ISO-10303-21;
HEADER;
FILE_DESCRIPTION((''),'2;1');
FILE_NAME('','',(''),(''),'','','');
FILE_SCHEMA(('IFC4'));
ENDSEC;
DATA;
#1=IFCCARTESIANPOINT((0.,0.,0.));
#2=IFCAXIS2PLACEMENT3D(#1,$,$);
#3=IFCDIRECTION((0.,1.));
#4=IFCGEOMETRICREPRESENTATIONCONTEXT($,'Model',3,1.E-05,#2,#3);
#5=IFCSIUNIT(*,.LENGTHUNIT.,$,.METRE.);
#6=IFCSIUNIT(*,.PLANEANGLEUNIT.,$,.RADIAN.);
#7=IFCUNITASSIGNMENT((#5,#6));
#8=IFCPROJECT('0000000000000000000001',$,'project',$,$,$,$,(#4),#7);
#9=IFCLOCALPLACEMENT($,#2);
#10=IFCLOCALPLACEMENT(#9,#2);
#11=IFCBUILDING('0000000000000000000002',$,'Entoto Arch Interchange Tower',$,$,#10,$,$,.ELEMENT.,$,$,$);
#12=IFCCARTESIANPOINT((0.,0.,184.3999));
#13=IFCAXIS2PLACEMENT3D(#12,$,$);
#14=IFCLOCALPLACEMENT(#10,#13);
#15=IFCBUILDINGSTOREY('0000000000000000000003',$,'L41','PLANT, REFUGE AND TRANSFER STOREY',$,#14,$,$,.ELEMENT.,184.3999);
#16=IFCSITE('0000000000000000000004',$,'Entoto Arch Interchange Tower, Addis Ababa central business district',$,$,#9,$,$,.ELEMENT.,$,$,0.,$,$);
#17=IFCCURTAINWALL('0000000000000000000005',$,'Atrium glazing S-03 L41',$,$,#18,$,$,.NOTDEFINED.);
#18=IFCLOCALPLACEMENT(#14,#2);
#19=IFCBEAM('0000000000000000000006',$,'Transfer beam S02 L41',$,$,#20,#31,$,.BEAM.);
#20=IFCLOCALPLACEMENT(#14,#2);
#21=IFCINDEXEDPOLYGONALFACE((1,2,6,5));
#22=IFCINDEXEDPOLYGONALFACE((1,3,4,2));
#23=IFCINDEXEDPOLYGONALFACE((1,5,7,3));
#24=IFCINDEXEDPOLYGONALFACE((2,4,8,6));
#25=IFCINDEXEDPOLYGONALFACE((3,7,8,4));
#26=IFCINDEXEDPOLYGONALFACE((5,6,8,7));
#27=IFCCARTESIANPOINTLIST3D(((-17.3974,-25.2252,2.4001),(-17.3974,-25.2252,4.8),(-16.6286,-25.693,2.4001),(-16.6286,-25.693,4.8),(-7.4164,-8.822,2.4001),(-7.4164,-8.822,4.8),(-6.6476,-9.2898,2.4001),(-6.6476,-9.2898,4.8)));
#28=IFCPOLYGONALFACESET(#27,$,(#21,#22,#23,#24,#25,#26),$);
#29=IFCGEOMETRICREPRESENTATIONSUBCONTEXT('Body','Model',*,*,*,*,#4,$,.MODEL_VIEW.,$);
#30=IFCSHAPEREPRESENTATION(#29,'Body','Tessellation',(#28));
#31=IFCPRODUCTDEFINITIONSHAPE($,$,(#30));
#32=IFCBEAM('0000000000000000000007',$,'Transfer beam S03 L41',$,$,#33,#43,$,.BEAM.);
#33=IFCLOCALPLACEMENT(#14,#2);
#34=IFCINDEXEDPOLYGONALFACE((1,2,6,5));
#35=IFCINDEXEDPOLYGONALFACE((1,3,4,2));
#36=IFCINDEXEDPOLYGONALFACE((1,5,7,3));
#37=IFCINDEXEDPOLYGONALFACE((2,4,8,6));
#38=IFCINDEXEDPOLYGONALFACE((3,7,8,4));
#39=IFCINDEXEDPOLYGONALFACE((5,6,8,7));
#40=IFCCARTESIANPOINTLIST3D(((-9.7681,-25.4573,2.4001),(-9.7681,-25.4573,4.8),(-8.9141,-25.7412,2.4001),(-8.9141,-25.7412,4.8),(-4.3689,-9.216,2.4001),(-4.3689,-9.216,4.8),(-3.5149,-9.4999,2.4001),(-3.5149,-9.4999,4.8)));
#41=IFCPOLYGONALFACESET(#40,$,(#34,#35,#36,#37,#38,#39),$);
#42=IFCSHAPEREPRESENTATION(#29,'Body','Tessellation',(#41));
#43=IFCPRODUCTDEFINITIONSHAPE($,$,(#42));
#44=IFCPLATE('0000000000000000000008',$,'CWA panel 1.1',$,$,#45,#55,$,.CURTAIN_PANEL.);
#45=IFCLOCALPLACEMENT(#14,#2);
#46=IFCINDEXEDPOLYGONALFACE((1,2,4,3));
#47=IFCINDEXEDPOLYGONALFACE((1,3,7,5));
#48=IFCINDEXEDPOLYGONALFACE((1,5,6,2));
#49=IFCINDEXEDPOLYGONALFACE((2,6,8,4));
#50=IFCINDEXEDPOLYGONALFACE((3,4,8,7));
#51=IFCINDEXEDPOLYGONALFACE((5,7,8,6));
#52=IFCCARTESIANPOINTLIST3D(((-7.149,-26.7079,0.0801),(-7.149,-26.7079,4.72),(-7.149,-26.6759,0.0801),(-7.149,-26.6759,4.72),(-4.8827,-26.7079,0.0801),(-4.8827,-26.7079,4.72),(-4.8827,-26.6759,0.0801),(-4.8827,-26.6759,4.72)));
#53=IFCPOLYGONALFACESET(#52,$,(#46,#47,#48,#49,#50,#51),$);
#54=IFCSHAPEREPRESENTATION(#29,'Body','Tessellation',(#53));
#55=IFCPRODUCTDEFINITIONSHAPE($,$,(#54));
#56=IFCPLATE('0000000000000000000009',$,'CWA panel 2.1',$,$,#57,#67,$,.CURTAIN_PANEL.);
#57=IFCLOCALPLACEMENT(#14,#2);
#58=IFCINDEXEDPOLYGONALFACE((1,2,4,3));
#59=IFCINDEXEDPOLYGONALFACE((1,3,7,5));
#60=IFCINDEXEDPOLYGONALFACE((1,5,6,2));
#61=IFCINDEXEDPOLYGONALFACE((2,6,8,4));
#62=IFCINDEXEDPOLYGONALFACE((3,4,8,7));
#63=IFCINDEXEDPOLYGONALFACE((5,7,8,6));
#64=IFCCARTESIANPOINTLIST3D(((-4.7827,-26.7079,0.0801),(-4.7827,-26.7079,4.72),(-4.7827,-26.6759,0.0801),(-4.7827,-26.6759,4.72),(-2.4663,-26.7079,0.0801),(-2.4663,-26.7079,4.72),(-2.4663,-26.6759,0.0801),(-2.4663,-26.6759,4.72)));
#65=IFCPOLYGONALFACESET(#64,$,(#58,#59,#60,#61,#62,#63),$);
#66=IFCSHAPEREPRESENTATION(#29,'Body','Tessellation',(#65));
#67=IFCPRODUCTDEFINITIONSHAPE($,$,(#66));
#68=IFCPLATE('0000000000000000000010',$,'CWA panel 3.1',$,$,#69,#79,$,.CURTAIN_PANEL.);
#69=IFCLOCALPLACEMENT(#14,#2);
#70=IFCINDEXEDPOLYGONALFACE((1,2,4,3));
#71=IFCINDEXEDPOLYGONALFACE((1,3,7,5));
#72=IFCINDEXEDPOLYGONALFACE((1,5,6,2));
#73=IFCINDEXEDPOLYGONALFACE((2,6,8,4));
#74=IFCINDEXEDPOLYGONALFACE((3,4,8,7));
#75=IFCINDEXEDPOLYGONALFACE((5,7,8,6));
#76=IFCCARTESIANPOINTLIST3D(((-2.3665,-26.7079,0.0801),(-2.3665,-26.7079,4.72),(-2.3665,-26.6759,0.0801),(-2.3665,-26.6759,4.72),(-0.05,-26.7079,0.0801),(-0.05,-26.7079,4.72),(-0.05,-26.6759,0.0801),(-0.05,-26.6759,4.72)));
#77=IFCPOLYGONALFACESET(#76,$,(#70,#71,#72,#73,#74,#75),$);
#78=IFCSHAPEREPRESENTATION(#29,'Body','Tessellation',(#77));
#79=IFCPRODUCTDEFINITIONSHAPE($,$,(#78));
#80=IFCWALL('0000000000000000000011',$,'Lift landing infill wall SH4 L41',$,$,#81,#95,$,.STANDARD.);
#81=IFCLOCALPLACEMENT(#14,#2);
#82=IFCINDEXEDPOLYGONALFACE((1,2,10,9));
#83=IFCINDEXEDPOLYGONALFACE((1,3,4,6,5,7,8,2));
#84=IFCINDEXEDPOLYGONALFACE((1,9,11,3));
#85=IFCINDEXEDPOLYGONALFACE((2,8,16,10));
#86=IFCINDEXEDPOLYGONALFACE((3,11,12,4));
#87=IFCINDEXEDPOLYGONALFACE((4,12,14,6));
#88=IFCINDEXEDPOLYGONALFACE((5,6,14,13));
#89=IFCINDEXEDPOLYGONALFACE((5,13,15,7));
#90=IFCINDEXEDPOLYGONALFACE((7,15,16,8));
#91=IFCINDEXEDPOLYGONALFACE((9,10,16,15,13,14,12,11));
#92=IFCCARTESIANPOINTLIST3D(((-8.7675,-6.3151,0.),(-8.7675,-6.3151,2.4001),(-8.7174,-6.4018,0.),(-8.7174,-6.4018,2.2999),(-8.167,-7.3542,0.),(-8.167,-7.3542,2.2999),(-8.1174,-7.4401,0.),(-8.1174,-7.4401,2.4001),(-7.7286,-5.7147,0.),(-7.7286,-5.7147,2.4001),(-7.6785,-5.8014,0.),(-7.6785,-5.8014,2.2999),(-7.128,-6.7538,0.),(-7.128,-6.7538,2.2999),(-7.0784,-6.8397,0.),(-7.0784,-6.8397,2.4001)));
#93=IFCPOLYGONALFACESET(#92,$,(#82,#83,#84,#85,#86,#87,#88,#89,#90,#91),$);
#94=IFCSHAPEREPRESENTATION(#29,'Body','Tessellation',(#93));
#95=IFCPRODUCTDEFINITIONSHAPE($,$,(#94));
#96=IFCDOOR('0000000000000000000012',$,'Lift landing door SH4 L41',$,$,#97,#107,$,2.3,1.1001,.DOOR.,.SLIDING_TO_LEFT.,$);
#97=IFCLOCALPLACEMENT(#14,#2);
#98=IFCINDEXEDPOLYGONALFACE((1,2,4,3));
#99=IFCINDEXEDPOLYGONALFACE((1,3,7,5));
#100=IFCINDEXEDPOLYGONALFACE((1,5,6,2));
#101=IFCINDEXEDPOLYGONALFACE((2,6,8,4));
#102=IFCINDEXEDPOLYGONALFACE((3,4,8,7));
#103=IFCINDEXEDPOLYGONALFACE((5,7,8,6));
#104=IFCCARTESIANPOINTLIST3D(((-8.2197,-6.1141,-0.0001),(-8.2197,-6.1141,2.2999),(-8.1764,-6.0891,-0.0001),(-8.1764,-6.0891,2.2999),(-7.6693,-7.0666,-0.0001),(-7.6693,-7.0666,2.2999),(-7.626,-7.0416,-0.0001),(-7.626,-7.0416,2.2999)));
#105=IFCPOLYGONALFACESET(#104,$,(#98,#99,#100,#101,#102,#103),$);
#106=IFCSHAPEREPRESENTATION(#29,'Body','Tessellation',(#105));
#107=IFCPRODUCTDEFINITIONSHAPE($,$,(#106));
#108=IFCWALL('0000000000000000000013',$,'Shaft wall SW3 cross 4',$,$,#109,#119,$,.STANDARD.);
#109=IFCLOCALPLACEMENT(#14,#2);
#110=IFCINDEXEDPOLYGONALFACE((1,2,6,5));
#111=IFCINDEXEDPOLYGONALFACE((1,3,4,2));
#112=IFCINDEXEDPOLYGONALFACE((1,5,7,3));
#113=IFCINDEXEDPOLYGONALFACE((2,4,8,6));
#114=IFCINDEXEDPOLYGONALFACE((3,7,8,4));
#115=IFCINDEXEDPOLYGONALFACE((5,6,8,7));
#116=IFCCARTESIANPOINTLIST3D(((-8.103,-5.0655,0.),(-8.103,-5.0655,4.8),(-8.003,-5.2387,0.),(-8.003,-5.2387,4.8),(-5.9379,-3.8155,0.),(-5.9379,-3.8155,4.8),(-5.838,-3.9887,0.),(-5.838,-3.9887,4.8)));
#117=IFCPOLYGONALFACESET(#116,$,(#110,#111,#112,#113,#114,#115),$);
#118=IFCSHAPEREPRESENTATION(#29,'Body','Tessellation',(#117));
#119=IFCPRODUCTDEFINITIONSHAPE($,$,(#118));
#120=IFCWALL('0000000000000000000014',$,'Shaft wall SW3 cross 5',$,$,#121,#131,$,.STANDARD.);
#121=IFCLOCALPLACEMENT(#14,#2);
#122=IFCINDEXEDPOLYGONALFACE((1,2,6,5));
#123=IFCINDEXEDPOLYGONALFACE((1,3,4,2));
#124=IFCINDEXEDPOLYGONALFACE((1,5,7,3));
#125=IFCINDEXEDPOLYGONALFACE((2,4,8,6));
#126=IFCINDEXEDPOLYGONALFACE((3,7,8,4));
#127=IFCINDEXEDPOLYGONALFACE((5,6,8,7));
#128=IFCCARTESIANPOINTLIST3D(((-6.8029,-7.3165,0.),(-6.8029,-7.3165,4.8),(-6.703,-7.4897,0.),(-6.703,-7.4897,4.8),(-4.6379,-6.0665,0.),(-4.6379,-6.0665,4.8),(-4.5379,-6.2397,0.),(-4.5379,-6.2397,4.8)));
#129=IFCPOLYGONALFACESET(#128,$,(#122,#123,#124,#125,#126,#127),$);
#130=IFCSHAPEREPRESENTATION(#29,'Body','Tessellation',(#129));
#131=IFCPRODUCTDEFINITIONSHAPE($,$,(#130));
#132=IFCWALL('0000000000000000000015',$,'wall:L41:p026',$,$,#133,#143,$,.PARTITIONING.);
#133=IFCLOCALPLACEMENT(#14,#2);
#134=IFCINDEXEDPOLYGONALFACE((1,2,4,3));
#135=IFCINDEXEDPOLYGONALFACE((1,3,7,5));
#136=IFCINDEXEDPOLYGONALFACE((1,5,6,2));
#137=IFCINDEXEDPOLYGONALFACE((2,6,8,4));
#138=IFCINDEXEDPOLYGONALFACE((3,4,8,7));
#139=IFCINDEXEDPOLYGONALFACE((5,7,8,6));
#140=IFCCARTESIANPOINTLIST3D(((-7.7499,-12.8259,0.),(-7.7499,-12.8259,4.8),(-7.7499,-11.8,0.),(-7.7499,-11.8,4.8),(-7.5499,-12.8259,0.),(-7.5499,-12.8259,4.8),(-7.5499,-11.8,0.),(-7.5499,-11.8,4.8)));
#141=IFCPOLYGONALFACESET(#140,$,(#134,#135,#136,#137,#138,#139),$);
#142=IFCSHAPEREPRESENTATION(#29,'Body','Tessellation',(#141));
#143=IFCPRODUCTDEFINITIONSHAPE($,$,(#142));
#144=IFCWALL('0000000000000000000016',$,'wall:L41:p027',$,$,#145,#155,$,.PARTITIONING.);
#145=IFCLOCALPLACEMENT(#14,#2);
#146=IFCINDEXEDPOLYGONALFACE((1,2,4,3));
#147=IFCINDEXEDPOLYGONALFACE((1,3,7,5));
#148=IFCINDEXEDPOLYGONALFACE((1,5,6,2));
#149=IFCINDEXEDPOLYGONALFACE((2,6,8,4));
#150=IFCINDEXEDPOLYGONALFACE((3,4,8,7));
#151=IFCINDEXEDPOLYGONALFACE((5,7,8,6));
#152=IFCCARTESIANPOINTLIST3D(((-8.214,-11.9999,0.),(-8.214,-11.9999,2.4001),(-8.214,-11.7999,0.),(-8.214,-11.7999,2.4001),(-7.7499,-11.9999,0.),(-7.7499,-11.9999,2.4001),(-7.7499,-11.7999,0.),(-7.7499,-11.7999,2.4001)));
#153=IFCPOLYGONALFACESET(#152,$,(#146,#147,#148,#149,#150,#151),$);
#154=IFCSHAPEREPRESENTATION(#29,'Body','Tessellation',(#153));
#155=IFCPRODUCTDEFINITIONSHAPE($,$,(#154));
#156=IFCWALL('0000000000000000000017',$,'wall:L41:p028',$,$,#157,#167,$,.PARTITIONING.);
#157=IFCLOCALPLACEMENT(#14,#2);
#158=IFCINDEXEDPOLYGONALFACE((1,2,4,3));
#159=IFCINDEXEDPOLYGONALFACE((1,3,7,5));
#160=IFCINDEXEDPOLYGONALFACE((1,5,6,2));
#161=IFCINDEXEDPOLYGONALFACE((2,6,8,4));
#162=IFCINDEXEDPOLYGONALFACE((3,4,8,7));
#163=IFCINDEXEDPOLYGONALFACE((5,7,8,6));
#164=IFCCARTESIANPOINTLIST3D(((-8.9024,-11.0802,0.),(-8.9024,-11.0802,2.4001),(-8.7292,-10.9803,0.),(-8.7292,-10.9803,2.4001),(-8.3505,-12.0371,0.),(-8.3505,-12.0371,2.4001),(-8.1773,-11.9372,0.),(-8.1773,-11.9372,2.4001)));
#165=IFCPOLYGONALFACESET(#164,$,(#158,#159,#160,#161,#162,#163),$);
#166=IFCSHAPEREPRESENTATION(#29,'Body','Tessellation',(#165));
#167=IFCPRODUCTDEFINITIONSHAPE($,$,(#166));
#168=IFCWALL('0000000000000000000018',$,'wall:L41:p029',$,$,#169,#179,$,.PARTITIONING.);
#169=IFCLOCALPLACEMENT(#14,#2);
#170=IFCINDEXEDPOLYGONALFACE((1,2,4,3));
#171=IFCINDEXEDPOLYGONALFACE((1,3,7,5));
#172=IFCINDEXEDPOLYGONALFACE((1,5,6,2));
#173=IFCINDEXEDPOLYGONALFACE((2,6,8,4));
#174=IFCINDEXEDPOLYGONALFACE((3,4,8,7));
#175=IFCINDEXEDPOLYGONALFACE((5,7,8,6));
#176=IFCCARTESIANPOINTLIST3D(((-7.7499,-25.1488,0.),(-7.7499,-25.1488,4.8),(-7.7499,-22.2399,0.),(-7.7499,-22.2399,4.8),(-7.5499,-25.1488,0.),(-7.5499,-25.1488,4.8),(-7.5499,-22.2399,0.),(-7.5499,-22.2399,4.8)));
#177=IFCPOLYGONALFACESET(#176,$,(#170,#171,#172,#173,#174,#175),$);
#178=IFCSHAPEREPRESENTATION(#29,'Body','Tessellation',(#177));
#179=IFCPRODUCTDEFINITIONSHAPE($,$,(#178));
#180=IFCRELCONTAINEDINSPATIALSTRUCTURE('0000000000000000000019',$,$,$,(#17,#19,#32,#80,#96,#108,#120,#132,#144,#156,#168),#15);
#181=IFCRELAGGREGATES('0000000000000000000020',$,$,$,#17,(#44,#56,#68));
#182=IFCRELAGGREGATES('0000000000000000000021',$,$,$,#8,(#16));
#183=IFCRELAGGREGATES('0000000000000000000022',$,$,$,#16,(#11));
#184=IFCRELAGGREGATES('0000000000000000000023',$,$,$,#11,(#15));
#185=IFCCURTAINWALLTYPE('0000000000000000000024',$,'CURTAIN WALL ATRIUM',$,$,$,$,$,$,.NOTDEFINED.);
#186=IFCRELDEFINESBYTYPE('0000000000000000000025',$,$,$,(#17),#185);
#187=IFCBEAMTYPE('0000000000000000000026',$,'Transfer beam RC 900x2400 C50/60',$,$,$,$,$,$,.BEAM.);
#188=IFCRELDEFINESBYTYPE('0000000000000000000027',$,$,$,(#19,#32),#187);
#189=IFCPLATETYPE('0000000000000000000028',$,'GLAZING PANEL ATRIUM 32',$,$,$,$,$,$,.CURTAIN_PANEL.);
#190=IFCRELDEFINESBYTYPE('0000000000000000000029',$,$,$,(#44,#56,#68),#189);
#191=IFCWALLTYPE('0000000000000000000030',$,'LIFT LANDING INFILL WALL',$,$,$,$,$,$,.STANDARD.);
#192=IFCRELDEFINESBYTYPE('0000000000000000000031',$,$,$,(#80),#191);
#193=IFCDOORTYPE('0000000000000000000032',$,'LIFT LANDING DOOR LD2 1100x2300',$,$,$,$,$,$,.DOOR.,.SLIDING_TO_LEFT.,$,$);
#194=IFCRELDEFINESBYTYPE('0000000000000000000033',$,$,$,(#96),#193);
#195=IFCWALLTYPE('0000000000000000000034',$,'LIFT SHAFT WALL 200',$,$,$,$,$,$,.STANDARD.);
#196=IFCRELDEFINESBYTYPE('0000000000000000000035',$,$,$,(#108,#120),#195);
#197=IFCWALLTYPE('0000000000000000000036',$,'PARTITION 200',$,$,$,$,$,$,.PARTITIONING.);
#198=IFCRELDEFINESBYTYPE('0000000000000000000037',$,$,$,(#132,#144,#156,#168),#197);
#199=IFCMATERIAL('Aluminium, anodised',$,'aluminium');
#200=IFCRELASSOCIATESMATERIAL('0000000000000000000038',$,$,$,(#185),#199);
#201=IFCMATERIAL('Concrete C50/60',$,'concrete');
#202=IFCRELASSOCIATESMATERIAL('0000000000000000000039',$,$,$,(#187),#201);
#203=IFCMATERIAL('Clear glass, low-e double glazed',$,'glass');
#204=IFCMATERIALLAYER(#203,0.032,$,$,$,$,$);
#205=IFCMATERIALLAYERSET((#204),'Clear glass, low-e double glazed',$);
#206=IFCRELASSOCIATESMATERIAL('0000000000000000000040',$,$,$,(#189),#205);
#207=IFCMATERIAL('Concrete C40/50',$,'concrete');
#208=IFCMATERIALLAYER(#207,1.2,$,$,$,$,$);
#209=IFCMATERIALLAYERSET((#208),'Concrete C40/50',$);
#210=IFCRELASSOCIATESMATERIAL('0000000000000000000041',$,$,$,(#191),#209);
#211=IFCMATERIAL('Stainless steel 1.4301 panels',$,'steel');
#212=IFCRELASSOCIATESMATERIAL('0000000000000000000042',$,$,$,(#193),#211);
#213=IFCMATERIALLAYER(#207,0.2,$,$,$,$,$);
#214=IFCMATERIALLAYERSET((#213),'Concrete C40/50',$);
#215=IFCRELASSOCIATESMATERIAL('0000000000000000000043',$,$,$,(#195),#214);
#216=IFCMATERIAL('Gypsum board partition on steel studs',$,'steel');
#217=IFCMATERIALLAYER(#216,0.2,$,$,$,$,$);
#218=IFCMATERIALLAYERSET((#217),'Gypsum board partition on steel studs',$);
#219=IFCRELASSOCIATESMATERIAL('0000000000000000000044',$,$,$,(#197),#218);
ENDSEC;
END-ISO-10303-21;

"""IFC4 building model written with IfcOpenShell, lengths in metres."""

from ifc_helpers import new_model, si_unit, direction, frame, frame_2d, origin, origin_2d, place, context, subcontext, project, spatial, rectangle, extrude, material, layer, layer_set, material_profile, profile_set, type_object, element, fill, aggregate, save


model = new_model("IFC4")

# Units and contexts
model_context = context("Model", 3, precision=1e-05, world=origin(), true_north=direction((0.0, 1.0)))
body_context = subcontext(model_context, "Body", "Model", "MODEL_VIEW")
ifc_project = project(units=[si_unit("LENGTHUNIT", "METRE"), si_unit("PLANEANGLEUNIT", "RADIAN")], contexts=[model_context])

# Site, building, storey
site_placement = place(None, origin())
site = spatial("IfcSite", under=ifc_project, at=site_placement, Name="Entoto Arch Interchange Tower, Addis Ababa central business district", CompositionType="ELEMENT", RefElevation=0.0)
building_placement = place(site_placement, origin())
building = spatial("IfcBuilding", under=site, at=building_placement, Name="Entoto Arch Interchange Tower", CompositionType="ELEMENT")
storey_placement = place(building_placement, frame((0.0, 0.0, 184.3999)))
storey = spatial("IfcBuildingStorey", under=building, at=storey_placement, Name="L41", Description="PLANT, REFUGE AND TRANSFER STOREY", CompositionType="ELEMENT", Elevation=184.3999)

# Shared definitions
ifc_material_1 = material(Name="Concrete C50/60", Category="concrete")

# Curtain wall
ifc_material_2 = material(Name="Aluminium, anodised", Category="aluminium")
curtain_wall_type = type_object("IfcCurtainWallType", Name="CURTAIN WALL ATRIUM", PredefinedType="NOTDEFINED", material=ifc_material_2)
curtain_wall_placement = place(storey_placement, origin())
curtain_wall = element("IfcCurtainWall", 1, at=curtain_wall_placement, inside=storey, type_object=curtain_wall_type, Name="Atrium glazing S-03 L41", PredefinedType="NOTDEFINED")

# Beams
ifc_material_profile_1 = material_profile(ifc_material_1, rectangle(XDim=0.8999, YDim=2.3999, at=origin_2d()))
ifc_profile_set_1 = profile_set([ifc_material_profile_1], Name="Concrete C50/60")
beam_type_1 = type_object("IfcBeamType", Name="Transfer beam RC 900x2400 C50/60", PredefinedType="BEAM", material=ifc_profile_set_1)
beam_1_placement = place(storey_placement, frame((-7.032, -9.0559, 3.6001), z_axis=(-0.519813, -0.85428, 0.0), x_axis=(0.85428, -0.519813, 0.0)))
element("IfcBeam", 2, at=beam_1_placement, inside=storey, type_object=beam_type_1, Name="Transfer beam S02 L41", PredefinedType="BEAM", context=body_context, shape_type="SweptSolid", body=[
    extrude(rectangle(XDim=0.8999, YDim=2.3999, at=origin_2d()), origin(), (0.0, 0.0, 1.0), 19.2012),
])
beam_2_placement = place(storey_placement, frame((-3.9419, -9.3579, 3.6001), z_axis=(-0.315462, -0.948938, 0.0), x_axis=(0.948938, -0.315462, 0.0)))
element("IfcBeam", 3, at=beam_2_placement, inside=storey, type_object=beam_type_1, Name="Transfer beam S03 L41", PredefinedType="BEAM", context=body_context, shape_type="SweptSolid", body=[
    extrude(rectangle(XDim=0.8999, YDim=2.3999, at=origin_2d()), origin(), (0.0, 0.0, 1.0), 17.1152),
])

# Plates
ifc_material_3 = material(Name="Clear glass, low-e double glazed", Category="glass")
ifc_layer_1 = layer(ifc_material_3, 0.032)
ifc_layer_set_1 = layer_set([ifc_layer_1], Name="Clear glass, low-e double glazed")
plate_type = type_object("IfcPlateType", Name="GLAZING PANEL ATRIUM 32", PredefinedType="CURTAIN_PANEL", material=ifc_layer_set_1)
plate_1_placement = place(storey_placement, frame((-6.0159, -26.6919, 0.0801), z_axis=(0.0, 0.0, 1.0), x_axis=(1.0, 0.0, 0.0)))
plate_1 = element("IfcPlate", 4, at=plate_1_placement, type_object=plate_type, Name="CWA panel 1.1", PredefinedType="CURTAIN_PANEL", context=body_context, shape_type="SweptSolid", body=[
    extrude(rectangle(XDim=2.2664, YDim=0.032, at=origin_2d()), origin(), (0.0, 0.0, 1.0), 4.6399),
])
plate_2_placement = place(storey_placement, frame((-3.6245, -26.6919, 0.0801), z_axis=(0.0, 0.0, 1.0), x_axis=(1.0, 0.0, 0.0)))
plate_2 = element("IfcPlate", 5, at=plate_2_placement, type_object=plate_type, Name="CWA panel 2.1", PredefinedType="CURTAIN_PANEL", context=body_context, shape_type="SweptSolid", body=[
    extrude(rectangle(XDim=2.3164, YDim=0.032, at=origin_2d()), origin(), (0.0, 0.0, 1.0), 4.6399),
])
plate_3_placement = place(storey_placement, frame((-1.2083, -26.6919, 0.0801), z_axis=(0.0, 0.0, 1.0), x_axis=(1.0, 0.0, 0.0)))
plate_3 = element("IfcPlate", 6, at=plate_3_placement, type_object=plate_type, Name="CWA panel 3.1", PredefinedType="CURTAIN_PANEL", context=body_context, shape_type="SweptSolid", body=[
    extrude(rectangle(XDim=2.3164, YDim=0.032, at=origin_2d()), origin(), (0.0, 0.0, 1.0), 4.6399),
])
aggregate(curtain_wall, [plate_1, plate_2, plate_3])

# Wall, opening, door
ifc_material_4 = material(Name="Concrete C40/50", Category="concrete")
ifc_layer_2 = layer(ifc_material_4, 1.2)
ifc_layer_set_2 = layer_set([ifc_layer_2], Name="Concrete C40/50")
wall_type_1 = type_object("IfcWallType", Name="LIFT LANDING INFILL WALL", PredefinedType="STANDARD", material=ifc_layer_set_2)
wall_1_placement = place(storey_placement, frame((-8.248, -6.0149, 0.0), z_axis=(0.0, 0.0, 1.0), x_axis=(0.500362, -0.865816, 0.0)))
wall_1 = element("IfcWall", 7, at=wall_1_placement, inside=storey, type_object=wall_type_1, Name="Lift landing infill wall SH4 L41", PredefinedType="STANDARD", context=body_context, shape_type="SweptSolid", body=[
    extrude(rectangle(XDim=1.2993, YDim=1.2, at=frame_2d((0.6497, 0.0))), origin(), (0.0, 0.0, 1.0), 2.4001),
])
opening_1_placement = place(wall_1_placement, frame((0.1001, 0.0, 0.0)))
opening_1 = element("IfcOpeningElement", 8, at=opening_1_placement, cuts=wall_1, PredefinedType="OPENING", context=body_context, shape_type="SweptSolid", body=[
    extrude(rectangle(XDim=1.1001, YDim=2.3, at=frame_2d((0.55, 1.1499))), frame((0.0, 0.6099, 0.0), z_axis=(0.0, -1.0, 0.0), x_axis=(1.0, 0.0, 0.0)), (0.0, 0.0, 1.0), 1.22),
])
ifc_material_5 = material(Name="Stainless steel 1.4301 panels", Category="steel")
door_type_1 = type_object("IfcDoorType", Name="LIFT LANDING DOOR LD2 1100x2300", OperationType="SLIDING_TO_LEFT", PredefinedType="DOOR", material=ifc_material_5)
door_1_placement = place(opening_1_placement, origin())
door_1 = element("IfcDoor", 9, at=door_1_placement, inside=storey, type_object=door_type_1, Name="Lift landing door SH4 L41", OperationType="SLIDING_TO_LEFT", OverallHeight=2.3, OverallWidth=1.1001, PredefinedType="DOOR", context=body_context, shape_type="SweptSolid", body=[
    extrude(rectangle(XDim=1.1001, YDim=2.3, at=frame_2d((0.55, 1.1499))), frame((0.0, 0.0249, 0.0), z_axis=(0.0, -1.0, 0.0), x_axis=(1.0, 0.0, 0.0)), (0.0, 0.0, 1.0), 0.05),
])
fill(opening_1, door_1)

# Walls
ifc_layer_3 = layer(ifc_material_4, 0.2)
ifc_layer_set_3 = layer_set([ifc_layer_3], Name="Concrete C40/50")
wall_type_2 = type_object("IfcWallType", Name="LIFT SHAFT WALL 200", PredefinedType="STANDARD", material=ifc_layer_set_3)
for number, where, z_axis, x_axis, name in (
    (10, (-5.8879, -3.9021, 0.0), (0.0, 0.0, 1.0), (-0.866023, -0.500004, 0.0), "Shaft wall SW3 cross 4"),
    (11, (-4.5879, -6.1531, 0.0), (0.0, 0.0, 1.0), (-0.866023, -0.500004, 0.0), "Shaft wall SW3 cross 5"),
):
    element("IfcWall", number, at=place(storey_placement, frame(where, z_axis=z_axis, x_axis=x_axis)), inside=storey, type_object=wall_type_2, Name=name, PredefinedType="STANDARD", context=body_context, shape_type="SweptSolid", body=[
        extrude(rectangle(XDim=2.5, YDim=0.2, at=frame_2d((1.25, 0.0))), origin(), (0.0, 0.0, 1.0), 4.8),
    ])
ifc_material_6 = material(Name="Gypsum board partition on steel studs", Category="steel")
ifc_layer_4 = layer(ifc_material_6, 0.2)
ifc_layer_set_4 = layer_set([ifc_layer_4], Name="Gypsum board partition on steel studs")
wall_type_3 = type_object("IfcWallType", Name="PARTITION 200", PredefinedType="PARTITIONING", material=ifc_layer_set_4)
wall_2_placement = place(storey_placement, frame((-7.6499, -12.8259, 0.0), z_axis=(0.0, 0.0, 1.0), x_axis=(0.0, 1.0, 0.0)))
element("IfcWall", 12, at=wall_2_placement, inside=storey, type_object=wall_type_3, Name="wall:L41:p026", PredefinedType="PARTITIONING", context=body_context, shape_type="SweptSolid", body=[
    extrude(rectangle(XDim=1.0259, YDim=0.2, at=frame_2d((0.5129, 0.0))), origin(), (0.0, 0.0, 1.0), 4.8),
])
wall_3_placement = place(storey_placement, frame((-7.75, -11.8999, 0.0), z_axis=(0.0, 0.0, 1.0), x_axis=(-1.0, 0.0, 0.0)))
element("IfcWall", 13, at=wall_3_placement, inside=storey, type_object=wall_type_3, Name="wall:L41:p027", PredefinedType="PARTITIONING", context=body_context, shape_type="SweptSolid", body=[
    extrude(rectangle(XDim=0.4641, YDim=0.2, at=frame_2d((0.2319, 0.0))), origin(), (0.0, 0.0, 1.0), 2.4001),
])
wall_4_placement = place(storey_placement, frame((-8.2639, -11.9871, 0.0), z_axis=(0.0, 0.0, 1.0), x_axis=(-0.499633, 0.866237, 0.0)))
element("IfcWall", 14, at=wall_4_placement, inside=storey, type_object=wall_type_3, Name="wall:L41:p028", PredefinedType="PARTITIONING", context=body_context, shape_type="SweptSolid", body=[
    extrude(rectangle(XDim=1.1047, YDim=0.2, at=frame_2d((0.5522, 0.0))), origin(), (0.0, 0.0, 1.0), 2.4001),
])
wall_5_placement = place(storey_placement, frame((-7.6499, -25.1489, 0.0), z_axis=(0.0, 0.0, 1.0), x_axis=(0.0, 1.0, 0.0)))
element("IfcWall", 15, at=wall_5_placement, inside=storey, type_object=wall_type_3, Name="wall:L41:p029", PredefinedType="PARTITIONING", context=body_context, shape_type="SweptSolid", body=[
    extrude(rectangle(XDim=2.9089, YDim=0.2, at=frame_2d((1.4546, 0.0))), origin(), (0.0, 0.0, 1.0), 4.8),
])

save(model, "model.ifc")
